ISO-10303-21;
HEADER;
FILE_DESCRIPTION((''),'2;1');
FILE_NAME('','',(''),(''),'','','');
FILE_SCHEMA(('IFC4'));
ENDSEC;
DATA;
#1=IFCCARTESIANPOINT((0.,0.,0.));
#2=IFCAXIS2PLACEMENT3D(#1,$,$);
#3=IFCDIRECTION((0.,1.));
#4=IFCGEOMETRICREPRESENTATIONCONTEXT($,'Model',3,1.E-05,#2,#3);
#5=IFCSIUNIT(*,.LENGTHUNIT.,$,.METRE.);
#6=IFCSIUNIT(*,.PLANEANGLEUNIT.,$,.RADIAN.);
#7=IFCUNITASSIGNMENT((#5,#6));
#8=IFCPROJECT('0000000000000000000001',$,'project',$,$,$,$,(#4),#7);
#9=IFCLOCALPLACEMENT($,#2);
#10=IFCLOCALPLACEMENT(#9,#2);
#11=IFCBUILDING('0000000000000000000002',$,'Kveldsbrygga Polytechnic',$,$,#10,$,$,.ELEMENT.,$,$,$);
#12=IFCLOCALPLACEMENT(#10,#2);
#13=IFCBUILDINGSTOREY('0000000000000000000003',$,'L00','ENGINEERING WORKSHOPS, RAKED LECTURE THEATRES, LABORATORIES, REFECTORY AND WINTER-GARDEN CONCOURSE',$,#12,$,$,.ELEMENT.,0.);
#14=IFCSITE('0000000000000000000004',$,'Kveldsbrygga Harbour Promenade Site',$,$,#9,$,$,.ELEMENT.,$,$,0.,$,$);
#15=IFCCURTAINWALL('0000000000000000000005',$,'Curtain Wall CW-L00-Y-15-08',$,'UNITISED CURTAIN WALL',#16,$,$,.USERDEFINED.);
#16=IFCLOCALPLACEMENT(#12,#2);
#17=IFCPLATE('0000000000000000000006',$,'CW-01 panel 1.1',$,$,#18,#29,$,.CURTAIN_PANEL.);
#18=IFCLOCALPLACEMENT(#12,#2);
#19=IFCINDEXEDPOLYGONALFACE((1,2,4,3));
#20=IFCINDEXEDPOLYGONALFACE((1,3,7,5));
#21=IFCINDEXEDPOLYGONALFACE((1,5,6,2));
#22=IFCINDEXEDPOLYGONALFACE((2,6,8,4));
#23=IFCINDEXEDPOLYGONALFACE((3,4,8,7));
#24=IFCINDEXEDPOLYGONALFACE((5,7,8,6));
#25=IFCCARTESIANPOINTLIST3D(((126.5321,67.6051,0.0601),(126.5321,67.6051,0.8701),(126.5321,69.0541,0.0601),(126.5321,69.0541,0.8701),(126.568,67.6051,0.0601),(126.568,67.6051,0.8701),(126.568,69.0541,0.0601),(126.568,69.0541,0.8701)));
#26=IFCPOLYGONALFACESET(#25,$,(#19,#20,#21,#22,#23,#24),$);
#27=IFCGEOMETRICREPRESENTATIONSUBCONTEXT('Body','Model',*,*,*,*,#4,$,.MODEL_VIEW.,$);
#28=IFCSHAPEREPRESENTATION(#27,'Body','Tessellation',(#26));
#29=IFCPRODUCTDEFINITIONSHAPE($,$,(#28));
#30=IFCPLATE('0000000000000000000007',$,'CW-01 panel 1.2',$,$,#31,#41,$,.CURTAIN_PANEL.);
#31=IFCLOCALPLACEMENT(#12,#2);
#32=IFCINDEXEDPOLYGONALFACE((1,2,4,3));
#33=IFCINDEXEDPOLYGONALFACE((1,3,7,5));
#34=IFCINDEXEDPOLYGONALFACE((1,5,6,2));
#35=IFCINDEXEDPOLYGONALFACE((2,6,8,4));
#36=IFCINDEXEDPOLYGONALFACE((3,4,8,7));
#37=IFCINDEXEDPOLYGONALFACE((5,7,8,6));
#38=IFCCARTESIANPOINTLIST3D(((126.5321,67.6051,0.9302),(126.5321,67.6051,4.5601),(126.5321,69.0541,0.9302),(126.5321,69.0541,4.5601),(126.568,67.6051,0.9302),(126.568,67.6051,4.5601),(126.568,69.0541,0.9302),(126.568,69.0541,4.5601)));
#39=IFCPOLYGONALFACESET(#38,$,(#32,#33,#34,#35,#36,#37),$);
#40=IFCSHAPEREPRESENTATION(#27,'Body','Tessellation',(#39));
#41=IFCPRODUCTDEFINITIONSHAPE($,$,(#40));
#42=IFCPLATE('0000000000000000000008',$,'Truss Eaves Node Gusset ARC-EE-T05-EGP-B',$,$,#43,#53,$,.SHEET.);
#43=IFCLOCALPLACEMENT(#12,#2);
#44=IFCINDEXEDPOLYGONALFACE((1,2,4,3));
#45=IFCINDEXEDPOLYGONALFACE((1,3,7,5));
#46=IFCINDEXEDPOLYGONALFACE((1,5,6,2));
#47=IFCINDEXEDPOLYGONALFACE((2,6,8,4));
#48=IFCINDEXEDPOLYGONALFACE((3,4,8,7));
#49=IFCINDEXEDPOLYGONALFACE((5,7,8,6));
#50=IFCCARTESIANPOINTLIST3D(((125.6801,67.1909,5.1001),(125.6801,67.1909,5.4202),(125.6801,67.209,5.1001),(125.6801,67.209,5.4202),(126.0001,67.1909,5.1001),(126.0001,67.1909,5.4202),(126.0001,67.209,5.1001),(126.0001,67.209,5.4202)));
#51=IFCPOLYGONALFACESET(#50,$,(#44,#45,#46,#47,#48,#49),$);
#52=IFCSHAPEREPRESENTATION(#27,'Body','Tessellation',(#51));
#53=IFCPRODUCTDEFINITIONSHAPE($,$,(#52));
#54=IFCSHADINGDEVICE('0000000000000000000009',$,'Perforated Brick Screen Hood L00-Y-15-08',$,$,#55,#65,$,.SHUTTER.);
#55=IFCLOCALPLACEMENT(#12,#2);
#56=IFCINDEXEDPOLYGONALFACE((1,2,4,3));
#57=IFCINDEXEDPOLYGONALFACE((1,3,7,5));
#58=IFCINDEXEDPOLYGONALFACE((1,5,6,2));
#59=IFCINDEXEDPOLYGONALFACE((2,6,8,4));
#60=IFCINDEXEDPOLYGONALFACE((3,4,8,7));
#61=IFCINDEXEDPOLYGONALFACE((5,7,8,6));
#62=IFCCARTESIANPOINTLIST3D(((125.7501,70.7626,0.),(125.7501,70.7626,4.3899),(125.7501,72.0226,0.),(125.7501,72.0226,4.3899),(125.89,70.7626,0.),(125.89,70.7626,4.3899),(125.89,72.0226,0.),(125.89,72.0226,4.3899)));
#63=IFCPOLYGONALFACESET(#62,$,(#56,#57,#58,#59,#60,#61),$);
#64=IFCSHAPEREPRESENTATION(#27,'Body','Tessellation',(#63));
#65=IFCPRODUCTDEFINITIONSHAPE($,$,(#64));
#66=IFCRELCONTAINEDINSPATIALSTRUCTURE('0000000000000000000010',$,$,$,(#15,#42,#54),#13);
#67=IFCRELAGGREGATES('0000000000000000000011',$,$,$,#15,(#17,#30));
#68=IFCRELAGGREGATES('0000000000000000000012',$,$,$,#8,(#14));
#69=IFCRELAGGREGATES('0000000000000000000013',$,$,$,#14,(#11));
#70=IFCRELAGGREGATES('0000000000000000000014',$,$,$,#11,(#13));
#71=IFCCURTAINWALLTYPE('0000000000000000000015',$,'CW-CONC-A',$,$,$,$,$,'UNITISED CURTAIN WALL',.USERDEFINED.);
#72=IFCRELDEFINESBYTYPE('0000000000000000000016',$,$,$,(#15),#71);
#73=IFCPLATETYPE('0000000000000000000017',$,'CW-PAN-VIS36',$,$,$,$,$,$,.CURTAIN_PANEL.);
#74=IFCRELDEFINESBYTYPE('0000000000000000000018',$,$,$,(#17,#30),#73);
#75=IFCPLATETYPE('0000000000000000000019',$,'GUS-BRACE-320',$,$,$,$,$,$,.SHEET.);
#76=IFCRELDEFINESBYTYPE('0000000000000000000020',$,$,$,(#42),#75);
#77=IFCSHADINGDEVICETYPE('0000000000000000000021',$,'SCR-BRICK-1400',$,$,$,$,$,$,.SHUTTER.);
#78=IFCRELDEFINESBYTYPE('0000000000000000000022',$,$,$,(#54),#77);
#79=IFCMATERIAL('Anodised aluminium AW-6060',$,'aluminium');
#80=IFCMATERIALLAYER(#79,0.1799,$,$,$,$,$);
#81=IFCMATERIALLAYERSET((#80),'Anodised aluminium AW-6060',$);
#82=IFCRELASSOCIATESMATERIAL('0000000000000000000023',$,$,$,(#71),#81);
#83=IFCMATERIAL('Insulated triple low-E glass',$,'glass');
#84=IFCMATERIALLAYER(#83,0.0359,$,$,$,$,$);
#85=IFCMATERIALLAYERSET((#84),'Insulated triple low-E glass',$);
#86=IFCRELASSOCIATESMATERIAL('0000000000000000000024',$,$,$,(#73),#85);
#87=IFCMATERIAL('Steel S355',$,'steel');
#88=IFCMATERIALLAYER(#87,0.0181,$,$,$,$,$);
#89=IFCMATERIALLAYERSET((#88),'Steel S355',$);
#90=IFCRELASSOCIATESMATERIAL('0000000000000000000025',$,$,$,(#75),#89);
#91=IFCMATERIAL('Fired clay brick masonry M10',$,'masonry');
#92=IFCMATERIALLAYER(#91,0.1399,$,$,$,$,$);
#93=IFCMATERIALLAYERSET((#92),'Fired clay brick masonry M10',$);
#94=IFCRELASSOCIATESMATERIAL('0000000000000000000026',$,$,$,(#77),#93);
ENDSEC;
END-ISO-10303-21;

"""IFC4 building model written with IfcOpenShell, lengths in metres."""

from ifc_helpers import new_model, si_unit, direction, frame, origin, origin_2d, place, context, subcontext, project, spatial, rectangle, extrude, material, layer, layer_set, type_object, element, aggregate, save


model = new_model("IFC4")

# Units and contexts
model_context = context("Model", 3, precision=1e-05, world=origin(), true_north=direction((0.0, 1.0)))
body_context = subcontext(model_context, "Body", "Model", "MODEL_VIEW")
ifc_project = project(units=[si_unit("LENGTHUNIT", "METRE"), si_unit("PLANEANGLEUNIT", "RADIAN")], contexts=[model_context])

# Site, building, storey
site_placement = place(None, origin())
site = spatial("IfcSite", under=ifc_project, at=site_placement, Name="Kveldsbrygga Harbour Promenade Site", CompositionType="ELEMENT", RefElevation=0.0)
building_placement = place(site_placement, origin())
building = spatial("IfcBuilding", under=site, at=building_placement, Name="Kveldsbrygga Polytechnic", CompositionType="ELEMENT")
storey_placement = place(building_placement, origin())
storey = spatial("IfcBuildingStorey", under=building, at=storey_placement, Name="L00", Description="ENGINEERING WORKSHOPS, RAKED LECTURE THEATRES, LABORATORIES, REFECTORY AND WINTER-GARDEN CONCOURSE", CompositionType="ELEMENT", Elevation=0.0)

# Curtain wall
ifc_material_1 = material(Name="Anodised aluminium AW-6060", Category="aluminium")
ifc_layer_1 = layer(ifc_material_1, 0.1799)
ifc_layer_set_1 = layer_set([ifc_layer_1], Name="Anodised aluminium AW-6060")
curtain_wall_type = type_object("IfcCurtainWallType", Name="CW-CONC-A", ElementType="UNITISED CURTAIN WALL", PredefinedType="USERDEFINED", material=ifc_layer_set_1)
curtain_wall_placement = place(storey_placement, origin())
curtain_wall = element("IfcCurtainWall", 1, at=curtain_wall_placement, inside=storey, type_object=curtain_wall_type, Name="Curtain Wall CW-L00-Y-15-08", ObjectType="UNITISED CURTAIN WALL", PredefinedType="USERDEFINED")

# Plates
ifc_material_2 = material(Name="Steel S355", Category="steel")
ifc_material_3 = material(Name="Insulated triple low-E glass", Category="glass")
ifc_layer_2 = layer(ifc_material_3, 0.0359)
ifc_layer_set_2 = layer_set([ifc_layer_2], Name="Insulated triple low-E glass")
plate_type_1 = type_object("IfcPlateType", Name="CW-PAN-VIS36", PredefinedType="CURTAIN_PANEL", material=ifc_layer_set_2)
plate_1_placement = place(storey_placement, frame((126.55, 68.3296, 0.0601), z_axis=(0.0, 0.0, 1.0), x_axis=(0.0, 1.0, 0.0)))
plate_1 = element("IfcPlate", 2, at=plate_1_placement, type_object=plate_type_1, Name="CW-01 panel 1.1", PredefinedType="CURTAIN_PANEL", context=body_context, shape_type="SweptSolid", body=[
    extrude(rectangle(XDim=1.449, YDim=0.0359, at=origin_2d()), origin(), (0.0, 0.0, 1.0), 0.8101),
])
plate_2_placement = place(storey_placement, frame((126.55, 68.3296, 0.9302), z_axis=(0.0, 0.0, 1.0), x_axis=(0.0, 1.0, 0.0)))
plate_2 = element("IfcPlate", 3, at=plate_2_placement, type_object=plate_type_1, Name="CW-01 panel 1.2", PredefinedType="CURTAIN_PANEL", context=body_context, shape_type="SweptSolid", body=[
    extrude(rectangle(XDim=1.449, YDim=0.0359, at=origin_2d()), origin(), (0.0, 0.0, 1.0), 3.6299),
])
aggregate(curtain_wall, [plate_1, plate_2])
ifc_layer_3 = layer(ifc_material_2, 0.0181)
ifc_layer_set_3 = layer_set([ifc_layer_3], Name="Steel S355")
plate_type_2 = type_object("IfcPlateType", Name="GUS-BRACE-320", PredefinedType="SHEET", material=ifc_layer_set_3)
plate_3_placement = place(storey_placement, frame((125.8401, 67.2, 5.1001), z_axis=(0.0, 0.0, 1.0), x_axis=(1.0, 0.0, 0.0)))
element("IfcPlate", 4, at=plate_3_placement, inside=storey, type_object=plate_type_2, Name="Truss Eaves Node Gusset ARC-EE-T05-EGP-B", PredefinedType="SHEET", context=body_context, shape_type="SweptSolid", body=[
    extrude(rectangle(XDim=0.3201, YDim=0.0181, at=origin_2d()), origin(), (0.0, 0.0, 1.0), 0.3201),
])

# Shared definitions
ifc_material_4 = material(Name="Fired clay brick masonry M10", Category="masonry")

# Shading device
ifc_layer_4 = layer(ifc_material_4, 0.1399)
ifc_layer_set_4 = layer_set([ifc_layer_4], Name="Fired clay brick masonry M10")
shading_device_type = type_object("IfcShadingDeviceType", Name="SCR-BRICK-1400", PredefinedType="SHUTTER", material=ifc_layer_set_4)
shading_device_placement = place(storey_placement, frame((125.8201, 71.3926, 0.0), z_axis=(0.0, 0.0, 1.0), x_axis=(0.0, 1.0, 0.0)))
element("IfcShadingDevice", 5, at=shading_device_placement, inside=storey, type_object=shading_device_type, Name="Perforated Brick Screen Hood L00-Y-15-08", PredefinedType="SHUTTER", context=body_context, shape_type="SweptSolid", body=[
    extrude(rectangle(XDim=1.26, YDim=0.1399, at=origin_2d()), origin(), (0.0, 0.0, 1.0), 4.3899),
])

save(model, "model.ifc")
